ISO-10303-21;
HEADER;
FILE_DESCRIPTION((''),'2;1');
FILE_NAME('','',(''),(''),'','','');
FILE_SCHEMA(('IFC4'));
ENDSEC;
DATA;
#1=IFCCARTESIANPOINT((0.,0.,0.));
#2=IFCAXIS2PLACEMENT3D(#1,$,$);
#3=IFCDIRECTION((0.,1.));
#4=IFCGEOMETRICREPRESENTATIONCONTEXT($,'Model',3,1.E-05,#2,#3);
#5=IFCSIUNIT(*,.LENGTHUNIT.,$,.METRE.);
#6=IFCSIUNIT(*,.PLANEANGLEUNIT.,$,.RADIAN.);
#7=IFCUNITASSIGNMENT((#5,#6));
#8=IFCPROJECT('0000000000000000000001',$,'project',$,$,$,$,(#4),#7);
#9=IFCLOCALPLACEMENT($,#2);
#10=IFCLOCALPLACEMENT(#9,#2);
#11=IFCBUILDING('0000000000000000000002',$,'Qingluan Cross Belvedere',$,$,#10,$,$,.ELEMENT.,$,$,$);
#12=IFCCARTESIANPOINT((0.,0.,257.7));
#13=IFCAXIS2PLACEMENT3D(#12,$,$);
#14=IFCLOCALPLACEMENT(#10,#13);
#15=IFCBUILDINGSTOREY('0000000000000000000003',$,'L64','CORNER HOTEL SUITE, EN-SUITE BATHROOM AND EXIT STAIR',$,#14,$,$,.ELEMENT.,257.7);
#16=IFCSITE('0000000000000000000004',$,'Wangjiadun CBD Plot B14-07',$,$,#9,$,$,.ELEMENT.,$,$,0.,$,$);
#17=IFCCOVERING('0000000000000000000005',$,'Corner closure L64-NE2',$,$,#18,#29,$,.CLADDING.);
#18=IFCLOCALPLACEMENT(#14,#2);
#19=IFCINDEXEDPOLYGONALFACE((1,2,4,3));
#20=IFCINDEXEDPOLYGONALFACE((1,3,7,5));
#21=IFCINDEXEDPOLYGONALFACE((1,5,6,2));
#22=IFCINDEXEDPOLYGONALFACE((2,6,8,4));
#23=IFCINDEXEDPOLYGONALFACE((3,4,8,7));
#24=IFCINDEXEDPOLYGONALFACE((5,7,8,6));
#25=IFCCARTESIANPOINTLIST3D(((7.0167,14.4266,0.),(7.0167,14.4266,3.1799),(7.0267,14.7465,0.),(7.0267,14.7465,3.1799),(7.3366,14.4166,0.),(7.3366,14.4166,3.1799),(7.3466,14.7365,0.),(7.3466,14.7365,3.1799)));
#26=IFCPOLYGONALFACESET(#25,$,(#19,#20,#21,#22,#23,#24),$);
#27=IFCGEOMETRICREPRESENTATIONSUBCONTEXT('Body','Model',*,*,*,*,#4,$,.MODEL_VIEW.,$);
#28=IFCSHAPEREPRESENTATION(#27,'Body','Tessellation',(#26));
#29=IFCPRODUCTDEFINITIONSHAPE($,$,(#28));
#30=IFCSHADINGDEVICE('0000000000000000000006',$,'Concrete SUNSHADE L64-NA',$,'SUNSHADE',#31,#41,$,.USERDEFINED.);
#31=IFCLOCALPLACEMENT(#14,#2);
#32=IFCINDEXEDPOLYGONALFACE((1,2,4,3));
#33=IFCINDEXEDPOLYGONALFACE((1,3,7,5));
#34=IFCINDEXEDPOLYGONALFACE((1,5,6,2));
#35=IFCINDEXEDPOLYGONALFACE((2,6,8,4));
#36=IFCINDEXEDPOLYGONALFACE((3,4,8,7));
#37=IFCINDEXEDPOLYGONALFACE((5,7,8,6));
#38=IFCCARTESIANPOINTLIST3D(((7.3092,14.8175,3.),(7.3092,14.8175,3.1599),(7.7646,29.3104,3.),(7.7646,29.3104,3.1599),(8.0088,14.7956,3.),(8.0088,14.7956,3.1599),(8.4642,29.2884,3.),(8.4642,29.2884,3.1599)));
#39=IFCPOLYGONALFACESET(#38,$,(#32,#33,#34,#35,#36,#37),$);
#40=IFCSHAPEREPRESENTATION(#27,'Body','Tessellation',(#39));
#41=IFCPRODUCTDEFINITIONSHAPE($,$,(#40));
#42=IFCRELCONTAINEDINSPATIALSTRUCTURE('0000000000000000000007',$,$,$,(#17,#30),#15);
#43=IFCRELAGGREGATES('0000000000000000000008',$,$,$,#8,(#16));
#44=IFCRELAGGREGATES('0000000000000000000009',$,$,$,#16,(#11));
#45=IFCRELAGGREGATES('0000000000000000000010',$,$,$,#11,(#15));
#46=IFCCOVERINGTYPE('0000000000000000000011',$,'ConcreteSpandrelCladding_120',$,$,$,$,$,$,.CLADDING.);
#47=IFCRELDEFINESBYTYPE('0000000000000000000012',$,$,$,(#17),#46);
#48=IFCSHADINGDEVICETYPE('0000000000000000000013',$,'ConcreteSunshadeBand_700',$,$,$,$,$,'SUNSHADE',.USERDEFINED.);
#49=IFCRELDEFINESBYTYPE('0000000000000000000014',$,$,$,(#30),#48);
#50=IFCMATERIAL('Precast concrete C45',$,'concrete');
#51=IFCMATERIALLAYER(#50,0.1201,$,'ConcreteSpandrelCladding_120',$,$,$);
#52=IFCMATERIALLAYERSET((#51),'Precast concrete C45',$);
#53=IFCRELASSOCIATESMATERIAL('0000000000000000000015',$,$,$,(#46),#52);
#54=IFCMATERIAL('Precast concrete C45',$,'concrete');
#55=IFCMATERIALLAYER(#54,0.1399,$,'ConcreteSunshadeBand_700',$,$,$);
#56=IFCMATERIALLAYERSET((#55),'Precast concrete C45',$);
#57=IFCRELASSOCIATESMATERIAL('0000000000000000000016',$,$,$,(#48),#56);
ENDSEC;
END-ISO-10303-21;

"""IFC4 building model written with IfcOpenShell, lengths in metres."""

from ifc_helpers import new_model, si_unit, direction, frame, origin, origin_2d, place, context, subcontext, project, spatial, rectangle, extrude, material, layer, layer_set, type_object, element, save


model = new_model("IFC4")

# Units and contexts
model_context = context("Model", 3, precision=1e-05, world=origin(), true_north=direction((0.0, 1.0)))
body_context = subcontext(model_context, "Body", "Model", "MODEL_VIEW")
ifc_project = project(units=[si_unit("LENGTHUNIT", "METRE"), si_unit("PLANEANGLEUNIT", "RADIAN")], contexts=[model_context])

# Site, building, storey
site_placement = place(None, origin())
site = spatial("IfcSite", under=ifc_project, at=site_placement, Name="Wangjiadun CBD Plot B14-07", CompositionType="ELEMENT", RefElevation=0.0)
building_placement = place(site_placement, origin())
building = spatial("IfcBuilding", under=site, at=building_placement, Name="Qingluan Cross Belvedere", CompositionType="ELEMENT")
storey_placement = place(building_placement, frame((0.0, 0.0, 257.7)))
storey = spatial("IfcBuildingStorey", under=building, at=storey_placement, Name="L64", Description="CORNER HOTEL SUITE, EN-SUITE BATHROOM AND EXIT STAIR", CompositionType="ELEMENT", Elevation=257.7)

# Covering
ifc_material_1 = material(Name="Precast concrete C45", Category="concrete")
ifc_layer_1 = layer(ifc_material_1, 0.1201, Name="ConcreteSpandrelCladding_120")
ifc_layer_set_1 = layer_set([ifc_layer_1], Name="Precast concrete C45")
covering_type = type_object("IfcCoveringType", Name="ConcreteSpandrelCladding_120", PredefinedType="CLADDING", material=ifc_layer_set_1)
for number, where, z_axis, x_axis, name in (
    (1, (7.1816, 14.5815, 0.0), (0.0, 0.0, 1.0), (0.999507, -0.031411, 0.0), "Corner closure L64-NE2"),
):
    element("IfcCovering", number, at=place(storey_placement, frame(where, z_axis=z_axis, x_axis=x_axis)), inside=storey, type_object=covering_type, Name=name, PredefinedType="CLADDING", context=body_context, shape_type="SweptSolid", body=[
        extrude(rectangle(XDim=0.3201, YDim=0.3201, at=origin_2d()), origin(), (0.0, 0.0, 1.0), 3.1799),
    ])

# Shading device
ifc_material_2 = material(Name="Precast concrete C45", Category="concrete")
ifc_layer_2 = layer(ifc_material_2, 0.1399, Name="ConcreteSunshadeBand_700")
ifc_layer_set_2 = layer_set([ifc_layer_2], Name="Precast concrete C45")
shading_device_type = type_object("IfcShadingDeviceType", Name="ConcreteSunshadeBand_700", ElementType="SUNSHADE", PredefinedType="USERDEFINED", material=ifc_layer_set_2)
shading_device_placement = place(storey_placement, frame((7.8867, 22.053, 3.0), z_axis=(0.0, 0.0, 1.0), x_axis=(0.031408, 0.999507, 0.0)))
element("IfcShadingDevice", 2, at=shading_device_placement, inside=storey, type_object=shading_device_type, Name="Concrete SUNSHADE L64-NA", ObjectType="SUNSHADE", PredefinedType="USERDEFINED", context=body_context, shape_type="SweptSolid", body=[
    extrude(rectangle(XDim=14.5, YDim=0.7, at=origin_2d()), origin(), (0.0, 0.0, 1.0), 0.1599),
])

save(model, "model.ifc")
